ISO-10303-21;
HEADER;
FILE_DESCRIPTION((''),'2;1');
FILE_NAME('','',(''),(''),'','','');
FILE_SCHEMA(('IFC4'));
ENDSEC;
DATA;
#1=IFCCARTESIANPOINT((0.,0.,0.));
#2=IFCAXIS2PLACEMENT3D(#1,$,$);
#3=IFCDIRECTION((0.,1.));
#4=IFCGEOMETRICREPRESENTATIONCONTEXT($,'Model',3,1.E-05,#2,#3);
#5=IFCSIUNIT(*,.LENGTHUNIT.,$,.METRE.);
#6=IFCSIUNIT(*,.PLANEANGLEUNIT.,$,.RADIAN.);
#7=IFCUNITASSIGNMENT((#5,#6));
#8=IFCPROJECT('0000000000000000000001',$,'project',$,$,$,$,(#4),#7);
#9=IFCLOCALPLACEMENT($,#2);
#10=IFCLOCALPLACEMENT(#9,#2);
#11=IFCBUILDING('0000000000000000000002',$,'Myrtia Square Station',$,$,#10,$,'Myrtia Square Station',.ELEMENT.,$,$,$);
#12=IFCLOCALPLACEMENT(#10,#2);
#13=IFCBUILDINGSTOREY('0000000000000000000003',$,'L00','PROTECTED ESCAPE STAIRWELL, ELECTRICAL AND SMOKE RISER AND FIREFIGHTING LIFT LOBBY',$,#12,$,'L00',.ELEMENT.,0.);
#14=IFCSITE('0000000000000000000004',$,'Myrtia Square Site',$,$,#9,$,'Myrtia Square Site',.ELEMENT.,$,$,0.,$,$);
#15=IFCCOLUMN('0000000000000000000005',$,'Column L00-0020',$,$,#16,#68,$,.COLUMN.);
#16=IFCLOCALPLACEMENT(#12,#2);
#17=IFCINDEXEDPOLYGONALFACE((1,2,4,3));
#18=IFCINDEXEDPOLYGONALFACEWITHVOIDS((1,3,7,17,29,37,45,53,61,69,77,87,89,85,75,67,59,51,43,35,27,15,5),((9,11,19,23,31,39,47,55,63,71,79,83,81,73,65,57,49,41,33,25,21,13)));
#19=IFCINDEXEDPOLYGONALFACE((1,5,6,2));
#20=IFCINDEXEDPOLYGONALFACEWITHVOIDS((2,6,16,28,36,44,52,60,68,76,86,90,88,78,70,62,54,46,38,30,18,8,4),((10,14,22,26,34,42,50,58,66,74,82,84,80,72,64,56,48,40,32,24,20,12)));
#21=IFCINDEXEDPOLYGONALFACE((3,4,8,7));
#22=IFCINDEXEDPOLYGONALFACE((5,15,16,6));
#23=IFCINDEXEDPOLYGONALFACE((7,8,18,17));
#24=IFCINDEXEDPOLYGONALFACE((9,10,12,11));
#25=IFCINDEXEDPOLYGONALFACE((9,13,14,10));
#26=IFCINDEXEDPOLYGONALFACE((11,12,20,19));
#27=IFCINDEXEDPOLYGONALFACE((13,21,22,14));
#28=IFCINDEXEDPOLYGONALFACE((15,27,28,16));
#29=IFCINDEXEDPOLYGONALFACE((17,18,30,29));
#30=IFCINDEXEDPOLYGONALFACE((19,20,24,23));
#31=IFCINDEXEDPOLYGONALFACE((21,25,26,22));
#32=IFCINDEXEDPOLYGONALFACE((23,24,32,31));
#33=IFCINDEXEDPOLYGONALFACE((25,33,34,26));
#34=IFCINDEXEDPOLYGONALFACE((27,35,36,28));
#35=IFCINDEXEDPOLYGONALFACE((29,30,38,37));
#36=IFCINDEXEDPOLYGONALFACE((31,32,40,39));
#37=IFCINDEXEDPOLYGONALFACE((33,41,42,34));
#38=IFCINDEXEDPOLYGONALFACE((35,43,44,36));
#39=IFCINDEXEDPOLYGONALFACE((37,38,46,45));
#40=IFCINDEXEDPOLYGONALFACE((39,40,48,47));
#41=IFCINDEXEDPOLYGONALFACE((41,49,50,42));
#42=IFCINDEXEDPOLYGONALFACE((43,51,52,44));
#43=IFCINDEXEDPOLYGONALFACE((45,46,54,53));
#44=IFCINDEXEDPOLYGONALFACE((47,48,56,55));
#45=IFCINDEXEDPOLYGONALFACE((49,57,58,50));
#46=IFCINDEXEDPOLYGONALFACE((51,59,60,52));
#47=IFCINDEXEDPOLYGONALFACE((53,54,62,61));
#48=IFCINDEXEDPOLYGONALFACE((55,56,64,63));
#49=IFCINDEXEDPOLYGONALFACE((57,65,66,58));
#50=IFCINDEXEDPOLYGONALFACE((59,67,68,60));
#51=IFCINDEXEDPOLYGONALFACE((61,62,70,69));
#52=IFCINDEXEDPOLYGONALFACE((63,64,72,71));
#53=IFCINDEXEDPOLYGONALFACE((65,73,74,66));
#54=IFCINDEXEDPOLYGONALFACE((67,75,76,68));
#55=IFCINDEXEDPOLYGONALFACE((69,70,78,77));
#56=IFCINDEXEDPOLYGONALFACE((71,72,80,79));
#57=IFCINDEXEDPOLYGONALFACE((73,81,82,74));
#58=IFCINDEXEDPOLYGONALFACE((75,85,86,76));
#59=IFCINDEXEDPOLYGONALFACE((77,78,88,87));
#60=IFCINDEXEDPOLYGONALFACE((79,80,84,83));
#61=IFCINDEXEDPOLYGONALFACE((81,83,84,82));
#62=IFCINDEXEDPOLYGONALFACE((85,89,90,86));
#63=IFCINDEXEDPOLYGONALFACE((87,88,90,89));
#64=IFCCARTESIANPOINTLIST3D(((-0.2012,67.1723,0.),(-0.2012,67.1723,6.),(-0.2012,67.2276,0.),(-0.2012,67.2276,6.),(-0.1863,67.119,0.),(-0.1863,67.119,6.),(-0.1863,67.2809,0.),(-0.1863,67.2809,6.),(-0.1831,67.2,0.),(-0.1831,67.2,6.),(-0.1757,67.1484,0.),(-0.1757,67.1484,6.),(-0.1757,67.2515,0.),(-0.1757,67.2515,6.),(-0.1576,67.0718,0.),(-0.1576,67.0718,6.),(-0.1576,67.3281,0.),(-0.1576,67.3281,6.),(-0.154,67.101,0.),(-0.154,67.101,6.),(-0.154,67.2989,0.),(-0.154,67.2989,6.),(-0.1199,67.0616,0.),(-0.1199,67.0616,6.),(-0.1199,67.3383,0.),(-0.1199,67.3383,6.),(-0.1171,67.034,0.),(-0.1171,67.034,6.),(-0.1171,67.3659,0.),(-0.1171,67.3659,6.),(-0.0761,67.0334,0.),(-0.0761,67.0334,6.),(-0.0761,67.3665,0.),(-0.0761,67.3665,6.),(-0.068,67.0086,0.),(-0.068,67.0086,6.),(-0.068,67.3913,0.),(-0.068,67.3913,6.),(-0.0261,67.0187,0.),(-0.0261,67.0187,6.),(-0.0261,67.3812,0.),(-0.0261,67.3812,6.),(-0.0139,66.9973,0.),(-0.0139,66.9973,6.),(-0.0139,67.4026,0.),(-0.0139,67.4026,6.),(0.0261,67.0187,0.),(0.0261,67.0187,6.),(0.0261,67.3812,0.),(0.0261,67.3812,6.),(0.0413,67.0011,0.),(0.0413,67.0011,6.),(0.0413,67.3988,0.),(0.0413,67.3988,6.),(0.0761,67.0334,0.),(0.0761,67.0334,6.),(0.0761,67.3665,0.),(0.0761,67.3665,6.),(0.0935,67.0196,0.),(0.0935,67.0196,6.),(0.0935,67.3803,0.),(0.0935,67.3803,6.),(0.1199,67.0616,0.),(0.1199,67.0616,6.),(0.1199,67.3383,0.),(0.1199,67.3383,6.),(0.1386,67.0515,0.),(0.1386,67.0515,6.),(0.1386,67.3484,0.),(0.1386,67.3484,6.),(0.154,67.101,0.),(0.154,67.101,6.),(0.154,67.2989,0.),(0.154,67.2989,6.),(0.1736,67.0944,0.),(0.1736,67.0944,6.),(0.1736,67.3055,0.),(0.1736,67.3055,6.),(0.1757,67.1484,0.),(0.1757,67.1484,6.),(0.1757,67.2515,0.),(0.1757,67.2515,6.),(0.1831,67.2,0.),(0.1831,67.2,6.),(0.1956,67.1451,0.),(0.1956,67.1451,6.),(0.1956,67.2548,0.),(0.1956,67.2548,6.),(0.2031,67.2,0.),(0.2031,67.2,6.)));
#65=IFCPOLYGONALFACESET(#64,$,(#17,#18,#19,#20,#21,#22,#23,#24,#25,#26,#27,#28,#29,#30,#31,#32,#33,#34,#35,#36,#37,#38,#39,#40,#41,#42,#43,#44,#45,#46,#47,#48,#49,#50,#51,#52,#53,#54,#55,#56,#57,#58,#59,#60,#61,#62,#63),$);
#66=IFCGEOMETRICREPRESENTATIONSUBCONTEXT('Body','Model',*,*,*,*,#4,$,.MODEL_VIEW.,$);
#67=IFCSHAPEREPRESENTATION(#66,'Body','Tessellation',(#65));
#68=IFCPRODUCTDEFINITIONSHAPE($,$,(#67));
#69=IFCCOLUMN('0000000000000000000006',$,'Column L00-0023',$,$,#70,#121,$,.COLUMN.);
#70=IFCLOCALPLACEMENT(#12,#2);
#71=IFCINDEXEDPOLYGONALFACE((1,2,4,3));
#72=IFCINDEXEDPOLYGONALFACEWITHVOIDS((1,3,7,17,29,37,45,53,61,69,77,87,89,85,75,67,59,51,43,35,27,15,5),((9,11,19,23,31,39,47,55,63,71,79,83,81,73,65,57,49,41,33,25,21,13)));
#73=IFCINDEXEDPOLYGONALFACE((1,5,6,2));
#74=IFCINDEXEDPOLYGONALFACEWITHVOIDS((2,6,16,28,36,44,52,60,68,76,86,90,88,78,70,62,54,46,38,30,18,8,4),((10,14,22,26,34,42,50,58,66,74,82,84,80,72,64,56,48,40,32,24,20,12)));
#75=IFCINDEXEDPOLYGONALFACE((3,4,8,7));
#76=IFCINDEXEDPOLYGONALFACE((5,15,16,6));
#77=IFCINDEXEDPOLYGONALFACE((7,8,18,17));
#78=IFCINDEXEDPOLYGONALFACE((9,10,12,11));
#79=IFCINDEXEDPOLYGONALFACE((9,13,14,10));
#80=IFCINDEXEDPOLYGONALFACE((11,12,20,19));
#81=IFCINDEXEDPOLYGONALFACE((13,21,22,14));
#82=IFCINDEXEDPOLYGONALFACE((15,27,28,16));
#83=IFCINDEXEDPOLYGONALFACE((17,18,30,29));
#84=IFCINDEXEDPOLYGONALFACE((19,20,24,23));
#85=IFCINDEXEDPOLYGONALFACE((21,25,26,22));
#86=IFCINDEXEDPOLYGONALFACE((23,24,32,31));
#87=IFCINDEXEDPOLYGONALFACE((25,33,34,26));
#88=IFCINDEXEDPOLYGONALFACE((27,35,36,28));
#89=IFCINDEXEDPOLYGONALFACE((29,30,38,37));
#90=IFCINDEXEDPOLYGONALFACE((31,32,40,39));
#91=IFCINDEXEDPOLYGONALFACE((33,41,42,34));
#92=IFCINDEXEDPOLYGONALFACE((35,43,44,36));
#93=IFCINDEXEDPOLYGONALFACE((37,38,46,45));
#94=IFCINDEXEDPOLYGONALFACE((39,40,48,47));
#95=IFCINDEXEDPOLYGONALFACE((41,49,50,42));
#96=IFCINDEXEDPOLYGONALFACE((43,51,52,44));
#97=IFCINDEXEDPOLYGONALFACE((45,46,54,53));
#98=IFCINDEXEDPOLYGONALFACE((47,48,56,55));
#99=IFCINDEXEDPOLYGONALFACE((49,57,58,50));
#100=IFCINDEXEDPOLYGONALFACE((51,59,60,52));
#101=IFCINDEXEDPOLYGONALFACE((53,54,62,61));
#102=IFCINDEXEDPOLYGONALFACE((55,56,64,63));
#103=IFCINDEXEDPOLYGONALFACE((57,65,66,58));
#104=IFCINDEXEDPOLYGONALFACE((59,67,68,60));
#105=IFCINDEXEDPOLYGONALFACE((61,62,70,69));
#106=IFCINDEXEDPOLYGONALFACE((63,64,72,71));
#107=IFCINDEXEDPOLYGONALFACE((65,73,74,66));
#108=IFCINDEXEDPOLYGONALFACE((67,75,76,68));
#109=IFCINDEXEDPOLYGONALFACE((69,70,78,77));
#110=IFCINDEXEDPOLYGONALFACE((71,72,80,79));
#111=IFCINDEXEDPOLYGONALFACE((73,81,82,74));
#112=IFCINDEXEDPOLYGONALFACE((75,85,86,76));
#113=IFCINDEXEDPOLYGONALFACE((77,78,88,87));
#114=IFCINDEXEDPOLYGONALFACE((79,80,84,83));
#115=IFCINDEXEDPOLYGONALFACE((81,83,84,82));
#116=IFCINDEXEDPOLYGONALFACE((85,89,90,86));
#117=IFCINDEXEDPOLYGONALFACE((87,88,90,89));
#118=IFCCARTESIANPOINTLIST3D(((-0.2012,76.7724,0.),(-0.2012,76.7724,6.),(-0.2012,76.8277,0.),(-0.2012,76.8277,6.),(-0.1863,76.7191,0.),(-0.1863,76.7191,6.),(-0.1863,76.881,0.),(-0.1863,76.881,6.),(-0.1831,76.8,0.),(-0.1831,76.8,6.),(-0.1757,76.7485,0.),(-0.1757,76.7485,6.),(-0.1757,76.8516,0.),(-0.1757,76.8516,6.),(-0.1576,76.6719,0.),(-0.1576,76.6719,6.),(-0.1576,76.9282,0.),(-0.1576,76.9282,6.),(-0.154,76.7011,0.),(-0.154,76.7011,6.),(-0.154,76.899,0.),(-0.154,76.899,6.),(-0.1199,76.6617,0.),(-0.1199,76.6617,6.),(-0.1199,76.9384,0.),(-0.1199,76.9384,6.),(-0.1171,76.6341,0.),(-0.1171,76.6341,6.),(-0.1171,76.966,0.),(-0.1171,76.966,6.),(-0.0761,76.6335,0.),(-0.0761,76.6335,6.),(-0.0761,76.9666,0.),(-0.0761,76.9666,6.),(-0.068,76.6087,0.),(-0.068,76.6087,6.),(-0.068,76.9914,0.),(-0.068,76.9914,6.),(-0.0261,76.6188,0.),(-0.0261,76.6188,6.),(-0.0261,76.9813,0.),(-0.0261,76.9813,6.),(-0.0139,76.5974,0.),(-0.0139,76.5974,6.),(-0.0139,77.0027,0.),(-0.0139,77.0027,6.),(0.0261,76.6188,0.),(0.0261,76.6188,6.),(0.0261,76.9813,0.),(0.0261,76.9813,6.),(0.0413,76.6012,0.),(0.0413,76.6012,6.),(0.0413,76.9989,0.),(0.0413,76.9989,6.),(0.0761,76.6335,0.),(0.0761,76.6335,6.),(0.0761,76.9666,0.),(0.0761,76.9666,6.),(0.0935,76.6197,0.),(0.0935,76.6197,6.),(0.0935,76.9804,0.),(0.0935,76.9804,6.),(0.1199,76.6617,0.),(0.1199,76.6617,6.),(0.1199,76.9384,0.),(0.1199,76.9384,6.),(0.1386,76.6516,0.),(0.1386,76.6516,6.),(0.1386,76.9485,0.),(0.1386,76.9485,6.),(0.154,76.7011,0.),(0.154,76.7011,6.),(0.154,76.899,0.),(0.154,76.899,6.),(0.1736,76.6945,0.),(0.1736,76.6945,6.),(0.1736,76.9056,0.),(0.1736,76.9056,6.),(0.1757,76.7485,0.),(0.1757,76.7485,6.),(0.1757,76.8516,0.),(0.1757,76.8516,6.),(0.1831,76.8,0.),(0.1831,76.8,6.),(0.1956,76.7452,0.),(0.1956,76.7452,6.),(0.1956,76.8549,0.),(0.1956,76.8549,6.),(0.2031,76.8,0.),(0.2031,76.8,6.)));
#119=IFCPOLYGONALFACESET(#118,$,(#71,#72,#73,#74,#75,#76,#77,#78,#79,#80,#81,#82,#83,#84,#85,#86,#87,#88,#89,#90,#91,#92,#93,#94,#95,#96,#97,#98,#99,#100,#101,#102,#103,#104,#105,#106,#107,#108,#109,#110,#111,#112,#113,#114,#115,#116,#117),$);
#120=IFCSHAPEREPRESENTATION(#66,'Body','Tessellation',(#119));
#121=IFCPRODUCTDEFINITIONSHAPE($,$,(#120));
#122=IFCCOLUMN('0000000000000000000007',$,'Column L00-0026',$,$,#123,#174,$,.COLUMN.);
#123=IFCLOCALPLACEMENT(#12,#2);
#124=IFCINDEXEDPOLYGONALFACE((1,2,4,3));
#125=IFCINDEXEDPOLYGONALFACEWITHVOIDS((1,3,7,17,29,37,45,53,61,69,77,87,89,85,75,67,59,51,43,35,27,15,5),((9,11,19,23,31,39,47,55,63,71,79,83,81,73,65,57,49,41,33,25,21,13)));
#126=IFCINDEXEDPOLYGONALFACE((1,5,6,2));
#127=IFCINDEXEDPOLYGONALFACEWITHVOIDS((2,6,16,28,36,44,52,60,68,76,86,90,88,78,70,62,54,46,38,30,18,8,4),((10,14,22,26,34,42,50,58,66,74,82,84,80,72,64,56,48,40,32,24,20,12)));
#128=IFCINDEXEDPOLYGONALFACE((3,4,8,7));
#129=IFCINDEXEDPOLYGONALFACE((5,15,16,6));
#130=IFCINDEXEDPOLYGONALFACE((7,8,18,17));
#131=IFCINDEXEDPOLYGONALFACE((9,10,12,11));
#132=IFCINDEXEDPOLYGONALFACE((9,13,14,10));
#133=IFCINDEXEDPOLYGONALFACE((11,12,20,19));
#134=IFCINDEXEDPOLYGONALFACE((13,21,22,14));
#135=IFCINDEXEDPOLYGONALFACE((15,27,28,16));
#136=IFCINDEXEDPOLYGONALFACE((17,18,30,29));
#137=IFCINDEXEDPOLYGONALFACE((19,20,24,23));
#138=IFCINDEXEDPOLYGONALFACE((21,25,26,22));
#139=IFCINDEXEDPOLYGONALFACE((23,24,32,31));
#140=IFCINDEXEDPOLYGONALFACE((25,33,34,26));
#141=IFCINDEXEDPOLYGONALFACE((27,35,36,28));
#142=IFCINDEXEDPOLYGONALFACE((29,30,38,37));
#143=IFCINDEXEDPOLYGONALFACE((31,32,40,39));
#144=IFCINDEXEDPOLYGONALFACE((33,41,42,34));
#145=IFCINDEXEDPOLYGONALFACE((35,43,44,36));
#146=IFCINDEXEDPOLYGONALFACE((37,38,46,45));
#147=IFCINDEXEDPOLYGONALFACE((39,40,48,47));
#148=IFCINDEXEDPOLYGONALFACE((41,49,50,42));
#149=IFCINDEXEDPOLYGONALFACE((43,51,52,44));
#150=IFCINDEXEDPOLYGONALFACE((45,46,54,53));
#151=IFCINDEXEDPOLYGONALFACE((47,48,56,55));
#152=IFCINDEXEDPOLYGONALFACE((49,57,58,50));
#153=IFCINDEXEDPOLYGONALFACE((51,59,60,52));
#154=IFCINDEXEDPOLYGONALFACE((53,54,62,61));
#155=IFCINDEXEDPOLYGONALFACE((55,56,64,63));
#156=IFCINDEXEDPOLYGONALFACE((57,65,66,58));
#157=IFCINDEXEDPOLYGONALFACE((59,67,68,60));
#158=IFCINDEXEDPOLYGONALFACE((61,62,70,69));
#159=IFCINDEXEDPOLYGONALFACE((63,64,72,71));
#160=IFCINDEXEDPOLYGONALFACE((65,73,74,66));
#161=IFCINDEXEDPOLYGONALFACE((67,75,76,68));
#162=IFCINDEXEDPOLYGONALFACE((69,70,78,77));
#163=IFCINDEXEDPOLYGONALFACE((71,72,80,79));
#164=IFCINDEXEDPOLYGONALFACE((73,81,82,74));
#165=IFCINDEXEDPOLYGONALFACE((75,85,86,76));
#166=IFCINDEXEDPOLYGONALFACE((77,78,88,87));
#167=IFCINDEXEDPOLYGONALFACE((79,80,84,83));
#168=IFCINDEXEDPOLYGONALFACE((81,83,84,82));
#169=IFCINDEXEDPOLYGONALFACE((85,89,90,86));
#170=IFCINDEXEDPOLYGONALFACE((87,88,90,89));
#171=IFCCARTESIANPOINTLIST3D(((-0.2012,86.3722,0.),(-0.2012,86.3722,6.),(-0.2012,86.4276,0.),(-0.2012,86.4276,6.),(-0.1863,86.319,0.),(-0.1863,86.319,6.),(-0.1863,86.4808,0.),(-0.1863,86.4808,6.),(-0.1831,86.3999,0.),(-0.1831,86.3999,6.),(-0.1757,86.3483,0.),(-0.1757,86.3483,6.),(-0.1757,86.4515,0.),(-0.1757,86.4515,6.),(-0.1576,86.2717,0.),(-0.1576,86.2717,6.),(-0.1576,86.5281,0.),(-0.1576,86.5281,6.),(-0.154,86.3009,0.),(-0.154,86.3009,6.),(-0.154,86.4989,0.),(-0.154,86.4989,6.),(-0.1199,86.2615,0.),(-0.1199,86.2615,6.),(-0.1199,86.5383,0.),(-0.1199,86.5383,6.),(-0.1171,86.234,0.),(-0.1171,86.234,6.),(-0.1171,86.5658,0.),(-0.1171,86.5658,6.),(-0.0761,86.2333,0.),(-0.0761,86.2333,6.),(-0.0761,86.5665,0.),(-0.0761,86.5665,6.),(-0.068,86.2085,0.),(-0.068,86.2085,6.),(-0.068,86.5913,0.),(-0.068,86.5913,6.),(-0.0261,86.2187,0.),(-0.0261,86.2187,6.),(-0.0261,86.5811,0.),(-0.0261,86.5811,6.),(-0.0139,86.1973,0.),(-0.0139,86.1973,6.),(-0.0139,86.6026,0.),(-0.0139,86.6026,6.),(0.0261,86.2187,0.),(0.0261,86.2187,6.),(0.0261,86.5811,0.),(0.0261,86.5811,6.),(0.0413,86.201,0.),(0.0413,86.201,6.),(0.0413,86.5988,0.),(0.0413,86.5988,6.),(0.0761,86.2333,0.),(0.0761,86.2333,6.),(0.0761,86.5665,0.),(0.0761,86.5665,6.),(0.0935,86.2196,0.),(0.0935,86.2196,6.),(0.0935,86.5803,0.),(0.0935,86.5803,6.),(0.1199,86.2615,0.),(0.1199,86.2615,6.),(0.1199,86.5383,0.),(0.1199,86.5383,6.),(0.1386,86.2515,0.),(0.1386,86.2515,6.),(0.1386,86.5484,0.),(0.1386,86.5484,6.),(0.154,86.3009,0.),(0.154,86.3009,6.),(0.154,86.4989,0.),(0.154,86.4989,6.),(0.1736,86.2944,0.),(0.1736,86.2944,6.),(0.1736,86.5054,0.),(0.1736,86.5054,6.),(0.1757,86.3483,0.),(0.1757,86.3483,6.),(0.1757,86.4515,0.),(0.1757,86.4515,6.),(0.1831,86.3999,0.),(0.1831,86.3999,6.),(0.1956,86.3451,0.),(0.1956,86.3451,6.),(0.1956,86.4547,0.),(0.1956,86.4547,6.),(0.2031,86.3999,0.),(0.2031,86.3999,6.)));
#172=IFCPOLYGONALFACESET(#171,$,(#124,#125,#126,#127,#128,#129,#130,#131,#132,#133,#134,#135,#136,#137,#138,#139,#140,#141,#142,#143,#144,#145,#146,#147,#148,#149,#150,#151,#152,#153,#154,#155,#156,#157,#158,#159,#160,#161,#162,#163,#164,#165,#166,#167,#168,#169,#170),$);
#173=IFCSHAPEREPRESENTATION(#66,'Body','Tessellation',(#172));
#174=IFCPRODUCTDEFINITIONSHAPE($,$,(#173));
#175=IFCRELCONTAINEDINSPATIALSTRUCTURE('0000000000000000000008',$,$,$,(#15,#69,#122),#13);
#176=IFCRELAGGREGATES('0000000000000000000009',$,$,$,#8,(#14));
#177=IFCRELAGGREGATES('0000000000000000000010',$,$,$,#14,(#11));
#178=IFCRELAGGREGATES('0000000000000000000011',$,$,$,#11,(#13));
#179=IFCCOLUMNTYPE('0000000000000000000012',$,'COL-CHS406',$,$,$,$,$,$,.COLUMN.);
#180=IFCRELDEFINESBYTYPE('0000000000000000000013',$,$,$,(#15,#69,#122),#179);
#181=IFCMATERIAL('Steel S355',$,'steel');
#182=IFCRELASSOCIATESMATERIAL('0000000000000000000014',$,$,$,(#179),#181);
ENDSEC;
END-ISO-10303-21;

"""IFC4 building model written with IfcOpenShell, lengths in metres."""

from ifc_helpers import new_model, si_unit, direction, frame, origin, origin_2d, place, context, subcontext, project, spatial, hollow_circle, extrude, material, material_profile, profile_set, type_object, element, save


model = new_model("IFC4")

# Units and contexts
model_context = context("Model", 3, precision=1e-05, world=origin(), true_north=direction((0.0, 1.0)))
body_context = subcontext(model_context, "Body", "Model", "MODEL_VIEW")
ifc_project = project(units=[si_unit("LENGTHUNIT", "METRE"), si_unit("PLANEANGLEUNIT", "RADIAN")], contexts=[model_context])

# Site, building, storey
site_placement = place(None, origin())
site = spatial("IfcSite", under=ifc_project, at=site_placement, Name="Myrtia Square Site", LongName="Myrtia Square Site", CompositionType="ELEMENT", RefElevation=0.0)
building_placement = place(site_placement, origin())
building = spatial("IfcBuilding", under=site, at=building_placement, Name="Myrtia Square Station", LongName="Myrtia Square Station", CompositionType="ELEMENT")
storey_placement = place(building_placement, origin())
storey = spatial("IfcBuildingStorey", under=building, at=storey_placement, Name="L00", Description="PROTECTED ESCAPE STAIRWELL, ELECTRICAL AND SMOKE RISER AND FIREFIGHTING LIFT LOBBY", LongName="L00", CompositionType="ELEMENT", Elevation=0.0)

# Columns
ifc_material_1 = material(Name="Steel S355", Category="steel")
ifc_material_profile_1 = material_profile(ifc_material_1, hollow_circle(Radius=0.2031, WallThickness=0.02, at=origin_2d()), Name="CHS 406.4x20")
ifc_profile_set_1 = profile_set([ifc_material_profile_1], Name="Steel S355")
column_type_1 = type_object("IfcColumnType", Name="COL-CHS406", PredefinedType="COLUMN", material=ifc_profile_set_1)
for number, where, z_axis, x_axis, name in (
    (1, (0.0, 67.2, 0.0), (0.0, 0.0, 1.0), (1.0, 0.0, 0.0), "Column L00-0020"),
    (2, (0.0, 76.8, 0.0), (0.0, 0.0, 1.0), (1.0, 0.0, 0.0), "Column L00-0023"),
    (3, (0.0, 86.3999, 0.0), (0.0, 0.0, 1.0), (1.0, 0.0, 0.0), "Column L00-0026"),
):
    element("IfcColumn", number, at=place(storey_placement, frame(where, z_axis=z_axis, x_axis=x_axis)), inside=storey, type_object=column_type_1, Name=name, PredefinedType="COLUMN", context=body_context, shape_type="SweptSolid", body=[
        extrude(hollow_circle(Radius=0.2031, WallThickness=0.02, at=origin_2d()), origin(), (0.0, 0.0, 1.0), 6.0),
    ])

save(model, "model.ifc")
